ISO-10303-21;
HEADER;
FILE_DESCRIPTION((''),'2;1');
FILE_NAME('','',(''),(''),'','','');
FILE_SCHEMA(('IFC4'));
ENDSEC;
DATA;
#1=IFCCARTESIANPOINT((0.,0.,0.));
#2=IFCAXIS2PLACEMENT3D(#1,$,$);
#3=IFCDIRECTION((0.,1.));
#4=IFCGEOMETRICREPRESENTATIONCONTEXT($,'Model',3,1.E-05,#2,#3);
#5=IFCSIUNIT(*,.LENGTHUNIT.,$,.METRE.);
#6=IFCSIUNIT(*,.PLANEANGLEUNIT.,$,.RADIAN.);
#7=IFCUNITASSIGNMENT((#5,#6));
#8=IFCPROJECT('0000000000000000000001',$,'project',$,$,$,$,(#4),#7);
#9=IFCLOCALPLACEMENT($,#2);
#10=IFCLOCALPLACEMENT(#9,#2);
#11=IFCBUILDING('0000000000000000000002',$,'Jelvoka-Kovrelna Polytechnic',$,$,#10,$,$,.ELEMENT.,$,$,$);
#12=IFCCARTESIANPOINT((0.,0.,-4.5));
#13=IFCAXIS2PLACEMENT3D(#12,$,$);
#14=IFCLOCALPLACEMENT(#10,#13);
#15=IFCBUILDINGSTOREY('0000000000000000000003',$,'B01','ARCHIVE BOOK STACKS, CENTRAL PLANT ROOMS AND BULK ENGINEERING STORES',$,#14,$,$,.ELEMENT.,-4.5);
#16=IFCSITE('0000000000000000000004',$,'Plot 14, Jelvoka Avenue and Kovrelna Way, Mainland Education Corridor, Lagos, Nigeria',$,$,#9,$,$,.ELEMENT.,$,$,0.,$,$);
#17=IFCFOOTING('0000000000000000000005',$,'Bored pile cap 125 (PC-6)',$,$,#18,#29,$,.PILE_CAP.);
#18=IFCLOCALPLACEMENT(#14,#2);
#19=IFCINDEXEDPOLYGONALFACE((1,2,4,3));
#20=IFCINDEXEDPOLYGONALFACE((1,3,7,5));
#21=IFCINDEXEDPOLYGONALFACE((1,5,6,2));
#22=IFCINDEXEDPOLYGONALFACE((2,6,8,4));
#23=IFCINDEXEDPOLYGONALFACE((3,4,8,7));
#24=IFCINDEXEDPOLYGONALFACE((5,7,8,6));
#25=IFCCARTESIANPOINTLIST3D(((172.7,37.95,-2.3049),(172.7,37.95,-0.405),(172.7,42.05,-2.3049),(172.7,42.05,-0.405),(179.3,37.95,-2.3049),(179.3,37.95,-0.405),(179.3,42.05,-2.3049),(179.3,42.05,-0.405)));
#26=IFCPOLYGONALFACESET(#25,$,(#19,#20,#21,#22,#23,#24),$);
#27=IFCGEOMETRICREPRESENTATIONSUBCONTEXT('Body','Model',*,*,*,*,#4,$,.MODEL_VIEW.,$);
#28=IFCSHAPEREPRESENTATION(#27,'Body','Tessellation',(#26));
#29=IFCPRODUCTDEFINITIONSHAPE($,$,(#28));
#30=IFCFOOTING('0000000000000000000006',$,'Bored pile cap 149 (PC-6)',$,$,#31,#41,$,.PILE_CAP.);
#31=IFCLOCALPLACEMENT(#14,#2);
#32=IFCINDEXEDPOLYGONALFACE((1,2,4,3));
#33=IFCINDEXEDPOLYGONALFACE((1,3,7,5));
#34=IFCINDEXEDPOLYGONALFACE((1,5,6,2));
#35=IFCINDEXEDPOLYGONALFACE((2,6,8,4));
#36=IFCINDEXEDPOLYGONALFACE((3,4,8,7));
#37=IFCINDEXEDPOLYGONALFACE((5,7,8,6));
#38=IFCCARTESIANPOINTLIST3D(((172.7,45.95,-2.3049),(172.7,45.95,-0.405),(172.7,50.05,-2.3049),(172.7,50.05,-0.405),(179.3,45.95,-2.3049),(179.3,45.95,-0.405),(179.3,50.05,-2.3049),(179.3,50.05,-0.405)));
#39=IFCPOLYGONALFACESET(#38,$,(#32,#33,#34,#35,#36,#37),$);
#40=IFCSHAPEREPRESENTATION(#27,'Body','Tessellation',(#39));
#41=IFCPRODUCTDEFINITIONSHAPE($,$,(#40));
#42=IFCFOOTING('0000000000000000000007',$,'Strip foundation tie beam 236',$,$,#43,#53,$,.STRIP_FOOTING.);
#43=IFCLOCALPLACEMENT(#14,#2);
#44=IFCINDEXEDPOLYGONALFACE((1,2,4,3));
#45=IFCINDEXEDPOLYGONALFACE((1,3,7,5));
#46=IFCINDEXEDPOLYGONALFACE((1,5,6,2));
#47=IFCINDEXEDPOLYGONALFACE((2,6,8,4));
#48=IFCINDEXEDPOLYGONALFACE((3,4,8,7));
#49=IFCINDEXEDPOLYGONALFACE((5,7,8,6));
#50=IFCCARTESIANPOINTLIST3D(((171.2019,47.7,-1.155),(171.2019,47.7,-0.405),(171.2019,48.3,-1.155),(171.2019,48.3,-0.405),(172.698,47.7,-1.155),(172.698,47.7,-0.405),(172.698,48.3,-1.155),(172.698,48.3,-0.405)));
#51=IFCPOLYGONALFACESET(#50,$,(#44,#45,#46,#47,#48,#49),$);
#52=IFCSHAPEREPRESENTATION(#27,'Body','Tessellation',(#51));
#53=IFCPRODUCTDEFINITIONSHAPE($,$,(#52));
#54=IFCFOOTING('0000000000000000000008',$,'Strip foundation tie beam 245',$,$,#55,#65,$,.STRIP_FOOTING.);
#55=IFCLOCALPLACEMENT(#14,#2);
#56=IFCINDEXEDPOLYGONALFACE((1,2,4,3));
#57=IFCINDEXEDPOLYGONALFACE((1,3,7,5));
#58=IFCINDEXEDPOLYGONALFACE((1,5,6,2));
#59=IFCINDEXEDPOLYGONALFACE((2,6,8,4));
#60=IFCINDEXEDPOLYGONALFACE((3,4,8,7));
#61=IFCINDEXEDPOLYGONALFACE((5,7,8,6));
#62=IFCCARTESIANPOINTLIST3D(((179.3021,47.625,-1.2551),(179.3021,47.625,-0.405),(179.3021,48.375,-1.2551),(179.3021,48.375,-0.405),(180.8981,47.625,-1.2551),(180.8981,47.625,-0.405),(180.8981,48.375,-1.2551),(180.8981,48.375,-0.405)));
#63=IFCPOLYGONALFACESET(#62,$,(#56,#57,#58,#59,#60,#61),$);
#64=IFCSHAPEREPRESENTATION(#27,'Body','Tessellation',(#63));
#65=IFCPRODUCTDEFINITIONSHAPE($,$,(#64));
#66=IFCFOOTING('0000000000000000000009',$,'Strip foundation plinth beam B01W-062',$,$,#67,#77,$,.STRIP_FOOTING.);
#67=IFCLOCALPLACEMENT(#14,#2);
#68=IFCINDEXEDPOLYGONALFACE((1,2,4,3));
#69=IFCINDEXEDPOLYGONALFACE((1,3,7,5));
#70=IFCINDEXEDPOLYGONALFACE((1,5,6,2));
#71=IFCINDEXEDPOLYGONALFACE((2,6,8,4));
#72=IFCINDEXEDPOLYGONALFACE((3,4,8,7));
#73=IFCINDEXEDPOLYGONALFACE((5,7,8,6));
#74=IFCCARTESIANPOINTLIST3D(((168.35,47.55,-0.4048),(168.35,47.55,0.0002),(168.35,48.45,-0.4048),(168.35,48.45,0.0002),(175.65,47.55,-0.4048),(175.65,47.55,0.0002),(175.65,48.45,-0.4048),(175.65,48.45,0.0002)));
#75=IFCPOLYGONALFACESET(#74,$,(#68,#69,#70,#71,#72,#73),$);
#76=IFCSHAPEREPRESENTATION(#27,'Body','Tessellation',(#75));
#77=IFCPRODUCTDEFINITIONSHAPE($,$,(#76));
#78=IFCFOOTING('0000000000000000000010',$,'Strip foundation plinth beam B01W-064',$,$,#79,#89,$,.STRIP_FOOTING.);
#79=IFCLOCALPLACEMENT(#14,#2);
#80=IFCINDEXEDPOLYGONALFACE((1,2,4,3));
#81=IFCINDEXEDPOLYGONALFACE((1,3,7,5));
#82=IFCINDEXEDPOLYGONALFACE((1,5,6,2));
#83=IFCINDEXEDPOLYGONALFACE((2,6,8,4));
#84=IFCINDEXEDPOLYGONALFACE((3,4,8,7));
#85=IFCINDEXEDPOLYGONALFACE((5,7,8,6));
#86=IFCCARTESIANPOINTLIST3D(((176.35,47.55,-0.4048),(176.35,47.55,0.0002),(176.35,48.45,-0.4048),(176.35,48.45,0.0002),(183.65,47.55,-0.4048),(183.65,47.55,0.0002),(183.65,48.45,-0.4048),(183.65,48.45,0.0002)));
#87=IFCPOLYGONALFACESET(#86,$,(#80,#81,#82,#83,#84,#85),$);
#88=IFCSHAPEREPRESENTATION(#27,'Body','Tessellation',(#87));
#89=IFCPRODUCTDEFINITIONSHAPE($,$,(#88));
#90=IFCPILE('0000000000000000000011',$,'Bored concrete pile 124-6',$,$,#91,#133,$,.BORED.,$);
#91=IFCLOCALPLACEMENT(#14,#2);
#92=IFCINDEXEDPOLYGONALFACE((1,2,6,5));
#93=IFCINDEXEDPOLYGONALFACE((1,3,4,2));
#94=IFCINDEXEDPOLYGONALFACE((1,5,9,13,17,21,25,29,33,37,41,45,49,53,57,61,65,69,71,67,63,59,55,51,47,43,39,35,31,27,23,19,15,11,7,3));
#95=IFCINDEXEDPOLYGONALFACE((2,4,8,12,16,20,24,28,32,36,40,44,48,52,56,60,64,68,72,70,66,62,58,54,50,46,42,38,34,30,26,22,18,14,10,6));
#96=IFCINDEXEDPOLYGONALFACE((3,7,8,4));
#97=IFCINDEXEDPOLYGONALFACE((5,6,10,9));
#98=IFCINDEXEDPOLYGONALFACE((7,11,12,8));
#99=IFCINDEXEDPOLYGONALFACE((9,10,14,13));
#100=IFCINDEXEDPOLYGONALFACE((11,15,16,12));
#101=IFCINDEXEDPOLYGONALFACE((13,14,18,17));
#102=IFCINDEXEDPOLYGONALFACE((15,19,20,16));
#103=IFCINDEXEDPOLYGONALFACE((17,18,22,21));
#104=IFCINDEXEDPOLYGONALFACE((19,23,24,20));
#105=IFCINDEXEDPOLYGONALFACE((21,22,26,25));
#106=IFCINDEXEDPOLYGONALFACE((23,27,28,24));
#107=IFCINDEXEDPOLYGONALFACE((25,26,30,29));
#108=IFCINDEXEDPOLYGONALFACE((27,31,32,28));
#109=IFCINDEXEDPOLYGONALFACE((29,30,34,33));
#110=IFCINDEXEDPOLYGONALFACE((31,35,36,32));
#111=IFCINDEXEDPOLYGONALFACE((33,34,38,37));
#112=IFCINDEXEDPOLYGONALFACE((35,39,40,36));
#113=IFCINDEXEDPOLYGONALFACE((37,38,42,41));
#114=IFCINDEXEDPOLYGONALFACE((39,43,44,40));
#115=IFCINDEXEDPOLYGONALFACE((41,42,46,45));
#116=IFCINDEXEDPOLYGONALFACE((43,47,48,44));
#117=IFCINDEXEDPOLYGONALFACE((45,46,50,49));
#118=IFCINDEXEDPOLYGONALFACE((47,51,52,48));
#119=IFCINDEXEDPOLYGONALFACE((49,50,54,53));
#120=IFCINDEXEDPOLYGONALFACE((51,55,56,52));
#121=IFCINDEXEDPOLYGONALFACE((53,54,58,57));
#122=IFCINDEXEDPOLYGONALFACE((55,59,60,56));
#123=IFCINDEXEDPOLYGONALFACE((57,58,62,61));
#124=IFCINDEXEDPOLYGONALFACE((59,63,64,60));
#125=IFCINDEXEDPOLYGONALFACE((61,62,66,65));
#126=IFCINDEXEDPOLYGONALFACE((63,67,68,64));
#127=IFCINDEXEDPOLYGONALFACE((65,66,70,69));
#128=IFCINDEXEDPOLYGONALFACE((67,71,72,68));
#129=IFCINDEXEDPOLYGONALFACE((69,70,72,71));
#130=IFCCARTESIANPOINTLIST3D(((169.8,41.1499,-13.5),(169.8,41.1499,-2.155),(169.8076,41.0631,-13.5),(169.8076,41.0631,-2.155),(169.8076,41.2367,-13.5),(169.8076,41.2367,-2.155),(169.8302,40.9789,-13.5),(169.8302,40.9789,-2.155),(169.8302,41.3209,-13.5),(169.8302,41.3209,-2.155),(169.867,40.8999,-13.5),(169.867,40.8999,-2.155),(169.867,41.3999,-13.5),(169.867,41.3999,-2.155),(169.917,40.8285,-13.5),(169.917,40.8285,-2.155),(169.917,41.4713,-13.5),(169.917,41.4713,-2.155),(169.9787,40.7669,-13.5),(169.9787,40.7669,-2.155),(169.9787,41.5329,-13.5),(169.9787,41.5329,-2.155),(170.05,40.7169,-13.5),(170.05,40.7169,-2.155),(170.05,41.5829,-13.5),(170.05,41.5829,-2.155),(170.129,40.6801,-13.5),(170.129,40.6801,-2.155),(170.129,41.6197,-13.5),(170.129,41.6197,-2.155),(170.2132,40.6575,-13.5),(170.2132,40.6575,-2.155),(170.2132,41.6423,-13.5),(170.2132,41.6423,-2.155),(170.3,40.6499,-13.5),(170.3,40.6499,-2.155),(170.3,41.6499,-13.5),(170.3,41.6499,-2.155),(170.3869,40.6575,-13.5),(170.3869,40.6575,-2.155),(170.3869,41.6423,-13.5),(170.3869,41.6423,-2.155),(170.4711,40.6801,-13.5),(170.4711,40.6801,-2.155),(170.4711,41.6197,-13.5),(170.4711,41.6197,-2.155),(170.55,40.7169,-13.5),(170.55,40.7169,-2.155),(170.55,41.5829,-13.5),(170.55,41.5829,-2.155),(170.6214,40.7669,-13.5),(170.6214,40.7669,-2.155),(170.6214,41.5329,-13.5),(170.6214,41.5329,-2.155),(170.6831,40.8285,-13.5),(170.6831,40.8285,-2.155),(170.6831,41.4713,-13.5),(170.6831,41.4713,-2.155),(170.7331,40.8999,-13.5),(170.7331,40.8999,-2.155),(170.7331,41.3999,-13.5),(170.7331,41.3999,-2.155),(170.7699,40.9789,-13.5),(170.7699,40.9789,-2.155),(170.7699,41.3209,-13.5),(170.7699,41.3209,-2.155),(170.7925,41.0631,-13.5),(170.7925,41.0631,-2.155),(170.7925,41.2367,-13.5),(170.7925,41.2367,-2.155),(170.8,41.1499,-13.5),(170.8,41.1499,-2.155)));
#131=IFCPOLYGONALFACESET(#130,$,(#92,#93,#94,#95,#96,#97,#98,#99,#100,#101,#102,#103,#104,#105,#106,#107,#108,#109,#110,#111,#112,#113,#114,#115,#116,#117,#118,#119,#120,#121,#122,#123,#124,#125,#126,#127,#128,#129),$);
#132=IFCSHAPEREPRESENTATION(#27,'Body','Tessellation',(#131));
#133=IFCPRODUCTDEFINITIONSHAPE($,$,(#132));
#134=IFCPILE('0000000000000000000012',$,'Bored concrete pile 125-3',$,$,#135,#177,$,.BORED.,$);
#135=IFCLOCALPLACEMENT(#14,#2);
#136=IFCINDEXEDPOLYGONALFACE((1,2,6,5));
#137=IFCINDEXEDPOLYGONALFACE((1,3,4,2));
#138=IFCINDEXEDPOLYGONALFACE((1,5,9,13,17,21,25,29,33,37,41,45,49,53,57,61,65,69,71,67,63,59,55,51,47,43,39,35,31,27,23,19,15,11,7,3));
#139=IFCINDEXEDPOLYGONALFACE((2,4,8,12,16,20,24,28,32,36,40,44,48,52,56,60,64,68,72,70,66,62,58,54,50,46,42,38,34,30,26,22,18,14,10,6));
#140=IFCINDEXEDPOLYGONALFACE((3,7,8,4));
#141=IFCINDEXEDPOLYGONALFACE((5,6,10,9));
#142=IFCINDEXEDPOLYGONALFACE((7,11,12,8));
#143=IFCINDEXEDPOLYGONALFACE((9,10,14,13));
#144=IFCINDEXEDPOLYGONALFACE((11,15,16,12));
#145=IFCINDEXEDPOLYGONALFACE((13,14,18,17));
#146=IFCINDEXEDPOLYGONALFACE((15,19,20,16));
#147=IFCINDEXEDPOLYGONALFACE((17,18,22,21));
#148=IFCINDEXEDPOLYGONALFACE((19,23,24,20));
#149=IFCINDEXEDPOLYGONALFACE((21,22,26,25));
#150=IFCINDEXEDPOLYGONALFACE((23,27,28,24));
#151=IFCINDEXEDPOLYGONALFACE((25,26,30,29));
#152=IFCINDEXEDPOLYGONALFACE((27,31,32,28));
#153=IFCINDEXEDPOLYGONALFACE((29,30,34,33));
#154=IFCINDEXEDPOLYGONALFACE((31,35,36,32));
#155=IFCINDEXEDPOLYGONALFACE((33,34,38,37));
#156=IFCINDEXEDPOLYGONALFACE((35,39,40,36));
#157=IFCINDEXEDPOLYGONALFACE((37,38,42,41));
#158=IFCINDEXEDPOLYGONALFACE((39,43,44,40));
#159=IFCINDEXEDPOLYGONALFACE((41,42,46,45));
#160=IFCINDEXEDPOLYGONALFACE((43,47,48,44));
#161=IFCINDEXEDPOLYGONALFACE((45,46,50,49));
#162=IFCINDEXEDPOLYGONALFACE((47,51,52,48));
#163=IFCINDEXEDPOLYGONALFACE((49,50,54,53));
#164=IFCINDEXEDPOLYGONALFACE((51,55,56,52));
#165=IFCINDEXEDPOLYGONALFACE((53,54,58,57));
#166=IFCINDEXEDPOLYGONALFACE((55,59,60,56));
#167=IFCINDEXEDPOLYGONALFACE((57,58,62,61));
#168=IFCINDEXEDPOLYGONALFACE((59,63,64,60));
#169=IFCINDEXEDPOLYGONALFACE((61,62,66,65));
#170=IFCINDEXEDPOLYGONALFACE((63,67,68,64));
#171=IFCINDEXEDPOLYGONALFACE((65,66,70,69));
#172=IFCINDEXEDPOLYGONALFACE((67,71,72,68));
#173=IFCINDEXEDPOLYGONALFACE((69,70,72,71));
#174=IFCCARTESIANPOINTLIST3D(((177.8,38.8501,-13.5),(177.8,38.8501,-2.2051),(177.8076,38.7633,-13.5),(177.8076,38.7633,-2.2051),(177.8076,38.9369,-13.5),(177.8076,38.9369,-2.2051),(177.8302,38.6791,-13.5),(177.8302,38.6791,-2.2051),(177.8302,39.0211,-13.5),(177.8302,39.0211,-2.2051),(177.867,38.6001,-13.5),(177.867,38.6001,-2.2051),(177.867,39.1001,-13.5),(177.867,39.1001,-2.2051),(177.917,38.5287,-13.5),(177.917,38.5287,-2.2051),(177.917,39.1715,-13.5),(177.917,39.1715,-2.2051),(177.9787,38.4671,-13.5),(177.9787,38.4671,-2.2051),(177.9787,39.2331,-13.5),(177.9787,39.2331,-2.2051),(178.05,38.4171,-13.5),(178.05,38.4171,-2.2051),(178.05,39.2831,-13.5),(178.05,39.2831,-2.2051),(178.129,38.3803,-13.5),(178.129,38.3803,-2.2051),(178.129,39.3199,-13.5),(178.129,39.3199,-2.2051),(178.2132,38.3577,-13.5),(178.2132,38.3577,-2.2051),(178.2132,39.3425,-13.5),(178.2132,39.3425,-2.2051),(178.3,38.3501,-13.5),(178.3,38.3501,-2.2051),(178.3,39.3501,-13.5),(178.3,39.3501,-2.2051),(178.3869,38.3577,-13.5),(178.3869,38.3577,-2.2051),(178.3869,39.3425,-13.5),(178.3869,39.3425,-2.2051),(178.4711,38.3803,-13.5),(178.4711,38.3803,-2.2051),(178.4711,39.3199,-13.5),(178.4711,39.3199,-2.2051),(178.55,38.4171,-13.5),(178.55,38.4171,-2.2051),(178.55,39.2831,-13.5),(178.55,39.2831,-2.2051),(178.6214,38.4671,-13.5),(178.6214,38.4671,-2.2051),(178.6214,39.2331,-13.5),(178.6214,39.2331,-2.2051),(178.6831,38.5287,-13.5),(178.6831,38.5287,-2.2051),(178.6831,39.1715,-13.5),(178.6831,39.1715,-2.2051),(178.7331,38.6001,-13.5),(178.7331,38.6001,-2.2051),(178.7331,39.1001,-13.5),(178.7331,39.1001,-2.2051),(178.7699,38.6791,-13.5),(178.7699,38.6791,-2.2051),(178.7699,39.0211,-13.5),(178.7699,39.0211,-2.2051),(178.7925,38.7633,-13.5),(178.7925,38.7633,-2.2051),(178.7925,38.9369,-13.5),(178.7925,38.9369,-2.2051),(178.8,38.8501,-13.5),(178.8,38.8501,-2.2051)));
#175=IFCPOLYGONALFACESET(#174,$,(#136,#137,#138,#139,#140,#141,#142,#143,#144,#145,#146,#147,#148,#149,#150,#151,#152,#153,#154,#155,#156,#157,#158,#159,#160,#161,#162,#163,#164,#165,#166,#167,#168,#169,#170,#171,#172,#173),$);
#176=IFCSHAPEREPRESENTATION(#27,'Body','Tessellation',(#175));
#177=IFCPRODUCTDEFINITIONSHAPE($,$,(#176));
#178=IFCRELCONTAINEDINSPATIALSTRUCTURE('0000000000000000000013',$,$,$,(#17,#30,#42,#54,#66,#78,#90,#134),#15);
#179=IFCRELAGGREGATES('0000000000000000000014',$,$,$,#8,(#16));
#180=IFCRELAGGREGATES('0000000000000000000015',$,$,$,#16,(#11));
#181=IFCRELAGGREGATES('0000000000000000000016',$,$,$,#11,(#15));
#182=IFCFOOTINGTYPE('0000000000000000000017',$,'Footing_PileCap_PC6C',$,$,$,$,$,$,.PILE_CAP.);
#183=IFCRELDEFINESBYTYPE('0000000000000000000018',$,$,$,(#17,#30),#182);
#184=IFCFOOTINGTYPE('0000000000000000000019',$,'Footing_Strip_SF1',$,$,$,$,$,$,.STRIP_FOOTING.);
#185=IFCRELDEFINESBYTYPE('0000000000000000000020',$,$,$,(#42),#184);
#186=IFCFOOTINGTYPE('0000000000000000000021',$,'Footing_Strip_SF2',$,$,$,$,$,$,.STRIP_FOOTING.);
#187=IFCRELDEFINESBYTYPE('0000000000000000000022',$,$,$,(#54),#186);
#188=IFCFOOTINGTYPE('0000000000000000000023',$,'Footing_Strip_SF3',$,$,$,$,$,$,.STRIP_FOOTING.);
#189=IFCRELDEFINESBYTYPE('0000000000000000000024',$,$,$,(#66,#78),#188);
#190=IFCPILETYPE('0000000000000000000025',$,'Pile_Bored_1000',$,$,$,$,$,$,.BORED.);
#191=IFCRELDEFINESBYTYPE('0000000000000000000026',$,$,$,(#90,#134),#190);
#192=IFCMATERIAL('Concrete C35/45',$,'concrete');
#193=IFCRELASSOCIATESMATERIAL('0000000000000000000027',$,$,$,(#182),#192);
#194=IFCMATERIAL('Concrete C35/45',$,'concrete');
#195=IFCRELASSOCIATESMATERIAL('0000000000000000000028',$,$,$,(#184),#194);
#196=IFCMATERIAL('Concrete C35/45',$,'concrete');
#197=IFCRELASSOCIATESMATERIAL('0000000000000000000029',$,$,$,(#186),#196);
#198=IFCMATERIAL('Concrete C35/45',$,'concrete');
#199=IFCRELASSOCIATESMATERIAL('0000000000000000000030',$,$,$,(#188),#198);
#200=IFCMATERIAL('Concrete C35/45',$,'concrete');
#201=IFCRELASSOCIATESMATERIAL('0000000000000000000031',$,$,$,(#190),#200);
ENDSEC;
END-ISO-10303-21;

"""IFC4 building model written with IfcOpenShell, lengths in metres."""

from ifc_helpers import new_model, si_unit, direction, frame, origin, origin_2d, place, context, subcontext, project, spatial, rectangle, circle, extrude, material, material_profile, profile_set, type_object, element, save


model = new_model("IFC4")

# Units and contexts
model_context = context("Model", 3, precision=1e-05, world=origin(), true_north=direction((0.0, 1.0)))
body_context = subcontext(model_context, "Body", "Model", "MODEL_VIEW")
ifc_project = project(units=[si_unit("LENGTHUNIT", "METRE"), si_unit("PLANEANGLEUNIT", "RADIAN")], contexts=[model_context])

# Site, building, storey
site_placement = place(None, origin())
site = spatial("IfcSite", under=ifc_project, at=site_placement, Name="Plot 14, Jelvoka Avenue and Kovrelna Way, Mainland Education Corridor, Lagos, Nigeria", CompositionType="ELEMENT", RefElevation=0.0)
building_placement = place(site_placement, origin())
building = spatial("IfcBuilding", under=site, at=building_placement, Name="Jelvoka-Kovrelna Polytechnic", CompositionType="ELEMENT")
storey_placement = place(building_placement, frame((0.0, 0.0, -4.5)))
storey = spatial("IfcBuildingStorey", under=building, at=storey_placement, Name="B01", Description="ARCHIVE BOOK STACKS, CENTRAL PLANT ROOMS AND BULK ENGINEERING STORES", CompositionType="ELEMENT", Elevation=-4.5)

# Footings
ifc_material_1 = material(Name="Concrete C35/45", Category="concrete")
footing_type_1 = type_object("IfcFootingType", Name="Footing_PileCap_PC6C", PredefinedType="PILE_CAP", material=ifc_material_1)
for number, where, z_axis, x_axis, name in (
    (1, (176.0, 40.0, -2.3049), (0.0, 0.0, 1.0), (1.0, 0.0, 0.0), "Bored pile cap 125 (PC-6)"),
    (2, (176.0, 48.0, -2.3049), (0.0, 0.0, 1.0), (1.0, 0.0, 0.0), "Bored pile cap 149 (PC-6)"),
):
    element("IfcFooting", number, at=place(storey_placement, frame(where, z_axis=z_axis, x_axis=x_axis)), inside=storey, type_object=footing_type_1, Name=name, PredefinedType="PILE_CAP", context=body_context, shape_type="SweptSolid", body=[
        extrude(rectangle(XDim=6.6001, YDim=4.1001, at=origin_2d()), origin(), (0.0, 0.0, 1.0), 1.8999),
    ])
ifc_material_2 = material(Name="Concrete C35/45", Category="concrete")
footing_type_2 = type_object("IfcFootingType", Name="Footing_Strip_SF1", PredefinedType="STRIP_FOOTING", material=ifc_material_2)
footing_1_placement = place(storey_placement, frame((171.95, 48.0, -1.155), z_axis=(0.0, 0.0, 1.0), x_axis=(1.0, 0.0, 0.0)))
element("IfcFooting", 3, at=footing_1_placement, inside=storey, type_object=footing_type_2, Name="Strip foundation tie beam 236", PredefinedType="STRIP_FOOTING", context=body_context, shape_type="SweptSolid", body=[
    extrude(rectangle(XDim=1.4961, YDim=0.6001, at=origin_2d()), origin(), (0.0, 0.0, 1.0), 0.75),
])
ifc_material_3 = material(Name="Concrete C35/45", Category="concrete")
footing_type_3 = type_object("IfcFootingType", Name="Footing_Strip_SF2", PredefinedType="STRIP_FOOTING", material=ifc_material_3)
footing_2_placement = place(storey_placement, frame((180.1001, 48.0, -1.2551), z_axis=(0.0, 0.0, 1.0), x_axis=(1.0, 0.0, 0.0)))
element("IfcFooting", 4, at=footing_2_placement, inside=storey, type_object=footing_type_3, Name="Strip foundation tie beam 245", PredefinedType="STRIP_FOOTING", context=body_context, shape_type="SweptSolid", body=[
    extrude(rectangle(XDim=1.5959, YDim=0.75, at=origin_2d()), origin(), (0.0, 0.0, 1.0), 0.8501),
])
ifc_material_4 = material(Name="Concrete C35/45", Category="concrete")
footing_type_4 = type_object("IfcFootingType", Name="Footing_Strip_SF3", PredefinedType="STRIP_FOOTING", material=ifc_material_4)
for number, where, z_axis, x_axis, name in (
    (5, (172.0, 48.0, -0.4048), (0.0, 0.0, 1.0), (1.0, 0.0, 0.0), "Strip foundation plinth beam B01W-062"),
    (6, (180.0, 48.0, -0.4048), (0.0, 0.0, 1.0), (1.0, 0.0, 0.0), "Strip foundation plinth beam B01W-064"),
):
    element("IfcFooting", number, at=place(storey_placement, frame(where, z_axis=z_axis, x_axis=x_axis)), inside=storey, type_object=footing_type_4, Name=name, PredefinedType="STRIP_FOOTING", context=body_context, shape_type="SweptSolid", body=[
        extrude(rectangle(XDim=7.3, YDim=0.8999, at=origin_2d()), origin(), (0.0, 0.0, 1.0), 0.405),
    ])

# Piles
ifc_material_5 = material(Name="Concrete C35/45", Category="concrete")
ifc_material_profile_1 = material_profile(ifc_material_5, circle(Radius=0.5, at=origin_2d()), Name="PILE D1000")
ifc_profile_set_1 = profile_set([ifc_material_profile_1], Name="Concrete C35/45")
pile_type = type_object("IfcPileType", Name="Pile_Bored_1000", PredefinedType="BORED", material=ifc_profile_set_1)
pile_1_placement = place(storey_placement, frame((170.3, 41.1499, -2.155), z_axis=(0.0, 0.0, -1.0), x_axis=(1.0, 0.0, 0.0)))
element("IfcPile", 7, at=pile_1_placement, inside=storey, type_object=pile_type, Name="Bored concrete pile 124-6", PredefinedType="BORED", context=body_context, shape_type="SweptSolid", body=[
    extrude(circle(Radius=0.5, at=origin_2d()), origin(), (0.0, 0.0, 1.0), 11.345),
])
for number, where, z_axis, x_axis, name in (
    (8, (178.3, 38.8501, -2.2051), (0.0, 0.0, -1.0), (1.0, 0.0, 0.0), "Bored concrete pile 125-3"),
):
    element("IfcPile", number, at=place(storey_placement, frame(where, z_axis=z_axis, x_axis=x_axis)), inside=storey, type_object=pile_type, Name=name, PredefinedType="BORED", context=body_context, shape_type="SweptSolid", body=[
        extrude(circle(Radius=0.5, at=origin_2d()), origin(), (0.0, 0.0, 1.0), 11.2949),
    ])

save(model, "model.ifc")
